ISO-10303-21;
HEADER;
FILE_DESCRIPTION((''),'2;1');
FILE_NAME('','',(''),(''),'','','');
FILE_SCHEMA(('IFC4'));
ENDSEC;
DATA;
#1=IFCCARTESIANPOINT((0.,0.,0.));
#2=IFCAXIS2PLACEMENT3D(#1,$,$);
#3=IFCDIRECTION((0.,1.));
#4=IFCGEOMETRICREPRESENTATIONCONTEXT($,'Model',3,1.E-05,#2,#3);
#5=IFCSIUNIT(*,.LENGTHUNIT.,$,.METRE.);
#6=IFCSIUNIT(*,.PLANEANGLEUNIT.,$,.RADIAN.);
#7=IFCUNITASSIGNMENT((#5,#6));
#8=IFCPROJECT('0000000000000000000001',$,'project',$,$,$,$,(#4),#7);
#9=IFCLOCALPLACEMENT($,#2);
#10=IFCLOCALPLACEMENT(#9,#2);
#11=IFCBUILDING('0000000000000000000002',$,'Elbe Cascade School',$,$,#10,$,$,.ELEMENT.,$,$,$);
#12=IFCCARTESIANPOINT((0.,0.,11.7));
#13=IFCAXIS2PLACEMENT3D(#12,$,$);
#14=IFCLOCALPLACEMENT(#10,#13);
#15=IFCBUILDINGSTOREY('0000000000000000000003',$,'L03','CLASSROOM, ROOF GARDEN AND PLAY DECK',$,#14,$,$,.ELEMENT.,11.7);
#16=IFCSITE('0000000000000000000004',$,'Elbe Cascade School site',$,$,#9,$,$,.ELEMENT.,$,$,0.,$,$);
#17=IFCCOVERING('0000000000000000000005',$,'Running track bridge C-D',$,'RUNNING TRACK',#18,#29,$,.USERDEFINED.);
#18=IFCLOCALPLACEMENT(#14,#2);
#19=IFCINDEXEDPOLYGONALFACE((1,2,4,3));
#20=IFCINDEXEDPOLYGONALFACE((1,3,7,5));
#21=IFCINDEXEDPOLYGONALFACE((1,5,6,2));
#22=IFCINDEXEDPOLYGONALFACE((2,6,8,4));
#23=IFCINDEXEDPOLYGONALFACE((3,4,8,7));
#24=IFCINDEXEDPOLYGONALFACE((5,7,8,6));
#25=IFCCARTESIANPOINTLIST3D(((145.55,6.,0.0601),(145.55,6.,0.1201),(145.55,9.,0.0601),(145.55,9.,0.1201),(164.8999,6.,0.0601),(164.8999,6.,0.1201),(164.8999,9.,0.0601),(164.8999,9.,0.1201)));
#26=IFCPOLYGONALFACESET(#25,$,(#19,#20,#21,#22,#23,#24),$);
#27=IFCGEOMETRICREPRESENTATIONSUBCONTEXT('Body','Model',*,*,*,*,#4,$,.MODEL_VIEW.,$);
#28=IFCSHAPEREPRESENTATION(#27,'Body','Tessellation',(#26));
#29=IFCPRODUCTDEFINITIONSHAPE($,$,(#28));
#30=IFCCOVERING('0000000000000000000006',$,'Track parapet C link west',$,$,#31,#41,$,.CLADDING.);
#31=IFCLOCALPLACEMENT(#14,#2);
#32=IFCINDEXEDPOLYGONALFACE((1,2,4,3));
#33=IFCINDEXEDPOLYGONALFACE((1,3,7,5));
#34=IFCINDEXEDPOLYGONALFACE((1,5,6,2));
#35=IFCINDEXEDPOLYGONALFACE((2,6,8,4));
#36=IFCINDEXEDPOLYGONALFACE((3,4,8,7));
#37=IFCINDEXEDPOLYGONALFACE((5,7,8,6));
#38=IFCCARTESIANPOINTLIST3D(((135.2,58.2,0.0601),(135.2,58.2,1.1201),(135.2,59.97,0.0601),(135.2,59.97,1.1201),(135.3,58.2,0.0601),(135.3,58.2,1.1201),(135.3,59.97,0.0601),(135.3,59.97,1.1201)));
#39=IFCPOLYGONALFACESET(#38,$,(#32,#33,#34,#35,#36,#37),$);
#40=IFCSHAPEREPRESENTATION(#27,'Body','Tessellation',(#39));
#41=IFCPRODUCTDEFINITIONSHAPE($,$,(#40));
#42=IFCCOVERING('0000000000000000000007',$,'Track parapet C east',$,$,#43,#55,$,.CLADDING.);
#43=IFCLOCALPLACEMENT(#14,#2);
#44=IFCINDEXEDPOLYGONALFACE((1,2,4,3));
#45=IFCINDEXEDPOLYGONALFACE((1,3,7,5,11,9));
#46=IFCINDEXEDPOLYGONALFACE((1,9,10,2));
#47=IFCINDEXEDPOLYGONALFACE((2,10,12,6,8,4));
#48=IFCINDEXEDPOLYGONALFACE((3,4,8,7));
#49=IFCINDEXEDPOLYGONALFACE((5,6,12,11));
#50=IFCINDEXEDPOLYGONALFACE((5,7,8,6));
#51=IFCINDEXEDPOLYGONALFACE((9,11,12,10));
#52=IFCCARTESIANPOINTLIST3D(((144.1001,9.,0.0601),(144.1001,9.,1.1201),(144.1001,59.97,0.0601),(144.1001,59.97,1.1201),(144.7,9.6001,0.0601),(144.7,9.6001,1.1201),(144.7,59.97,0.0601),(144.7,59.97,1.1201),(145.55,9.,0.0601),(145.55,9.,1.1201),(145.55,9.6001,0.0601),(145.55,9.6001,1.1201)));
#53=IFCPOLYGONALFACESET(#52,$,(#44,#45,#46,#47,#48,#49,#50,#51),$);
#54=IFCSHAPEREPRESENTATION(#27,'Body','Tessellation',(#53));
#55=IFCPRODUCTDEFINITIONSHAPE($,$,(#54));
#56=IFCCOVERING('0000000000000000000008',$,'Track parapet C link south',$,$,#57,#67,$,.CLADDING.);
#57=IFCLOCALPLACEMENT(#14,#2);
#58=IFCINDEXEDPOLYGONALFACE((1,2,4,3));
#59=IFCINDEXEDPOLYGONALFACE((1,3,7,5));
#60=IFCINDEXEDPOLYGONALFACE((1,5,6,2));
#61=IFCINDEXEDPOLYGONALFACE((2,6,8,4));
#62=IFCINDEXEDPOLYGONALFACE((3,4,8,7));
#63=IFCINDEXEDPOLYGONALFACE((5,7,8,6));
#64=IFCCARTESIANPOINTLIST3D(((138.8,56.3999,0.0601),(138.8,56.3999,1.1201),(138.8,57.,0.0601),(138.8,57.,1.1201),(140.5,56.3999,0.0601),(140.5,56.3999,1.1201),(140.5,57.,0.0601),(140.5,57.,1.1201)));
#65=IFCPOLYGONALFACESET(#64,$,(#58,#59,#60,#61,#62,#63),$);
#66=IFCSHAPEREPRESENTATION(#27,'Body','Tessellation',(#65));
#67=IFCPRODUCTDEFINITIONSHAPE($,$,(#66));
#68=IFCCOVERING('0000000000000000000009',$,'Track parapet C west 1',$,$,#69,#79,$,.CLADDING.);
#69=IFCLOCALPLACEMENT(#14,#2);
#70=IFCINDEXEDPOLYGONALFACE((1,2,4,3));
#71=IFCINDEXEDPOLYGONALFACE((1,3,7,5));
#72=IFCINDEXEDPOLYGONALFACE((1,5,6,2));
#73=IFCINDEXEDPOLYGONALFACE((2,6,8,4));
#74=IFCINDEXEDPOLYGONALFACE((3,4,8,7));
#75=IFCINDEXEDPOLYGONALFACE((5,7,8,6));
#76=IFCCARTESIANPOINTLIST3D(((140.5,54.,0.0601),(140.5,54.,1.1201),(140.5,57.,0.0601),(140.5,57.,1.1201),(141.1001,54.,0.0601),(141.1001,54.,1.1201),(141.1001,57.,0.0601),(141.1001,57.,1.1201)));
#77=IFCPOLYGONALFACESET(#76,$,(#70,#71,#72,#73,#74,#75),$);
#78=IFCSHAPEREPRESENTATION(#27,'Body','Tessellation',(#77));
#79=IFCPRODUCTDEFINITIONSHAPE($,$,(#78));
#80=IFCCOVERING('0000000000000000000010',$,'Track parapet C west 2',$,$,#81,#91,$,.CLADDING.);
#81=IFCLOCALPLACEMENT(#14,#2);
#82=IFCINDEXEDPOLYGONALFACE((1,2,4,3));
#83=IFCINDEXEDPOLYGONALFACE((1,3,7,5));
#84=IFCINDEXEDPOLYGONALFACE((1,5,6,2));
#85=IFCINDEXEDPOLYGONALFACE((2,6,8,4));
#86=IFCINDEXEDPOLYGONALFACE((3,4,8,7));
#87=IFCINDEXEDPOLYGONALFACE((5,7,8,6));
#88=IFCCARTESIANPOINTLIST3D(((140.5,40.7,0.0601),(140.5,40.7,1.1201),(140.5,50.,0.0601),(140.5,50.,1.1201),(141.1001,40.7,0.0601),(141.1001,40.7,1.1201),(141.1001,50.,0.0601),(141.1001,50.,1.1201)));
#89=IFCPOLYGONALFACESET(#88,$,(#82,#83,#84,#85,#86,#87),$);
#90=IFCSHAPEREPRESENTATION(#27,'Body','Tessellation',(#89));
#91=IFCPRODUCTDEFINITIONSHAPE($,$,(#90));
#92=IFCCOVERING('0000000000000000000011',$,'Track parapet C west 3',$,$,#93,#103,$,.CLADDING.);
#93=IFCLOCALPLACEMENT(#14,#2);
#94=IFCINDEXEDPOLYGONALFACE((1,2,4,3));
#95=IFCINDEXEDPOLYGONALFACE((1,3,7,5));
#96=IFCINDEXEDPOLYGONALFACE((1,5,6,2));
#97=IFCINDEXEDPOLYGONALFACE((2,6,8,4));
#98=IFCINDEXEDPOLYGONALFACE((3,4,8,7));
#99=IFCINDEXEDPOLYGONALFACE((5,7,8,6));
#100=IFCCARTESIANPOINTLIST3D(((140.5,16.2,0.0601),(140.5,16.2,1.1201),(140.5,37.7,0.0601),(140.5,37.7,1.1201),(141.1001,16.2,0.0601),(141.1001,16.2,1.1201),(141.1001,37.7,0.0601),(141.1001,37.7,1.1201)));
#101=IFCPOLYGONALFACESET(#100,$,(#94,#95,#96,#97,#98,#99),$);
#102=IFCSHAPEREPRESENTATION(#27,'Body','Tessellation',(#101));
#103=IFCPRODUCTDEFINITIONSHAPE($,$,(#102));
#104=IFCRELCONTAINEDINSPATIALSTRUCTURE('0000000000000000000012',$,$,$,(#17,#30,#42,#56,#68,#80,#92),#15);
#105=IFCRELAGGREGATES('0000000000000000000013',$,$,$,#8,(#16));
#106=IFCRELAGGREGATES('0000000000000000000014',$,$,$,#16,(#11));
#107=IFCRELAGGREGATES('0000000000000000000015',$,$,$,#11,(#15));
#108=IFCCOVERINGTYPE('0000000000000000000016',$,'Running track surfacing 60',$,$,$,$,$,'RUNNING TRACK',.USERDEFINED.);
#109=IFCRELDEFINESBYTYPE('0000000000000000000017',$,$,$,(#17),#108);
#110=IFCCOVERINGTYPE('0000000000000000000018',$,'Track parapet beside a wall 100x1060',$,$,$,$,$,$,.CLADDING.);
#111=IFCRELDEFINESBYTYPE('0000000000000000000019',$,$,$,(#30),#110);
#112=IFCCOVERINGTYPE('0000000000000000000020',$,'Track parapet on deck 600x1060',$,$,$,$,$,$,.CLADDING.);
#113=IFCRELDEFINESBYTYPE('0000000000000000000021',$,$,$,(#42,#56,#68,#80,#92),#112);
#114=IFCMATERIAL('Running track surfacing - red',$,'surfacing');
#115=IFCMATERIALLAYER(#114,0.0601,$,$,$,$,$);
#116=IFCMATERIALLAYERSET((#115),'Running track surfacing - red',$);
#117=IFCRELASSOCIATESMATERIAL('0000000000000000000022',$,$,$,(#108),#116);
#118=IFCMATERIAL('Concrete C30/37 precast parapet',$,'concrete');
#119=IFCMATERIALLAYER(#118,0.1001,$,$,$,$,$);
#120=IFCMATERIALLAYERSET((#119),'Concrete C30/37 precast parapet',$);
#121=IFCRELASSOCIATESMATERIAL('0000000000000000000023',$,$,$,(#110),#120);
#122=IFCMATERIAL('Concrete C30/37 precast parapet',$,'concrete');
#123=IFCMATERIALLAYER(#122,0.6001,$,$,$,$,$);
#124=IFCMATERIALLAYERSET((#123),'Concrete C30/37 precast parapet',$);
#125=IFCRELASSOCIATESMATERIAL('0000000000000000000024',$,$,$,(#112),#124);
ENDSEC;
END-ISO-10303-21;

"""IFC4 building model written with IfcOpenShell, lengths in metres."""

from ifc_helpers import new_model, si_unit, direction, frame, origin, place, context, subcontext, project, spatial, polyline, outline, extrude, material, layer, layer_set, type_object, element, save


model = new_model("IFC4")

# Units and contexts
model_context = context("Model", 3, precision=1e-05, world=origin(), true_north=direction((0.0, 1.0)))
body_context = subcontext(model_context, "Body", "Model", "MODEL_VIEW")
ifc_project = project(units=[si_unit("LENGTHUNIT", "METRE"), si_unit("PLANEANGLEUNIT", "RADIAN")], contexts=[model_context])

# Site, building, storey
site_placement = place(None, origin())
site = spatial("IfcSite", under=ifc_project, at=site_placement, Name="Elbe Cascade School site", CompositionType="ELEMENT", RefElevation=0.0)
building_placement = place(site_placement, origin())
building = spatial("IfcBuilding", under=site, at=building_placement, Name="Elbe Cascade School", CompositionType="ELEMENT")
storey_placement = place(building_placement, frame((0.0, 0.0, 11.7)))
storey = spatial("IfcBuildingStorey", under=building, at=storey_placement, Name="L03", Description="CLASSROOM, ROOF GARDEN AND PLAY DECK", CompositionType="ELEMENT", Elevation=11.7)

# Coverings
ifc_material_1 = material(Name="Running track surfacing - red", Category="surfacing")
ifc_layer_1 = layer(ifc_material_1, 0.0601)
ifc_layer_set_1 = layer_set([ifc_layer_1], Name="Running track surfacing - red")
covering_type_1 = type_object("IfcCoveringType", Name="Running track surfacing 60", ElementType="RUNNING TRACK", PredefinedType="USERDEFINED", material=ifc_layer_set_1)
covering_1_placement = place(storey_placement, frame((0.0, 0.0, 0.0601)))
element("IfcCovering", 1, at=covering_1_placement, inside=storey, type_object=covering_type_1, Name="Running track bridge C-D", ObjectType="RUNNING TRACK", PredefinedType="USERDEFINED", context=body_context, shape_type="SweptSolid", body=[
    extrude(outline(polyline([(145.55, 6.0), (164.8999, 6.0), (164.8999, 9.0), (145.55, 9.0), (145.55, 6.0)])), origin(), (0.0, 0.0, 1.0), 0.0601),
])
ifc_material_2 = material(Name="Concrete C30/37 precast parapet", Category="concrete")
ifc_layer_2 = layer(ifc_material_2, 0.1001)
ifc_layer_set_2 = layer_set([ifc_layer_2], Name="Concrete C30/37 precast parapet")
covering_type_2 = type_object("IfcCoveringType", Name="Track parapet beside a wall 100x1060", PredefinedType="CLADDING", material=ifc_layer_set_2)
covering_2_placement = place(storey_placement, frame((0.0, 0.0, 0.0601)))
element("IfcCovering", 2, at=covering_2_placement, inside=storey, type_object=covering_type_2, Name="Track parapet C link west", PredefinedType="CLADDING", context=body_context, shape_type="SweptSolid", body=[
    extrude(outline(polyline([(135.2, 58.2), (135.3, 58.2), (135.3, 59.97), (135.2, 59.97), (135.2, 58.2)])), origin(), (0.0, 0.0, 1.0), 1.0601),
])
ifc_material_3 = material(Name="Concrete C30/37 precast parapet", Category="concrete")
ifc_layer_3 = layer(ifc_material_3, 0.6001)
ifc_layer_set_3 = layer_set([ifc_layer_3], Name="Concrete C30/37 precast parapet")
covering_type_3 = type_object("IfcCoveringType", Name="Track parapet on deck 600x1060", PredefinedType="CLADDING", material=ifc_layer_set_3)
covering_3_placement = place(storey_placement, frame((0.0, 0.0, 0.0601)))
element("IfcCovering", 3, at=covering_3_placement, inside=storey, type_object=covering_type_3, Name="Track parapet C east", PredefinedType="CLADDING", context=body_context, shape_type="SweptSolid", body=[
    extrude(outline(polyline([(144.1001, 59.97), (144.7, 59.97), (144.7, 9.6001), (145.55, 9.6001), (145.55, 9.0), (144.1001, 9.0), (144.1001, 59.97)])), origin(), (0.0, 0.0, 1.0), 1.0601),
])
covering_4_placement = place(storey_placement, frame((0.0, 0.0, 0.0601)))
element("IfcCovering", 4, at=covering_4_placement, inside=storey, type_object=covering_type_3, Name="Track parapet C link south", PredefinedType="CLADDING", context=body_context, shape_type="SweptSolid", body=[
    extrude(outline(polyline([(138.8, 56.3999), (140.5, 56.3999), (140.5, 57.0), (138.8, 57.0), (138.8, 56.3999)])), origin(), (0.0, 0.0, 1.0), 1.0601),
])
covering_5_placement = place(storey_placement, frame((0.0, 0.0, 0.0601)))
element("IfcCovering", 5, at=covering_5_placement, inside=storey, type_object=covering_type_3, Name="Track parapet C west 1", PredefinedType="CLADDING", context=body_context, shape_type="SweptSolid", body=[
    extrude(outline(polyline([(140.5, 57.0), (141.1001, 57.0), (141.1001, 54.0), (140.5, 54.0), (140.5, 57.0)])), origin(), (0.0, 0.0, 1.0), 1.0601),
])
covering_6_placement = place(storey_placement, frame((0.0, 0.0, 0.0601)))
element("IfcCovering", 6, at=covering_6_placement, inside=storey, type_object=covering_type_3, Name="Track parapet C west 2", PredefinedType="CLADDING", context=body_context, shape_type="SweptSolid", body=[
    extrude(outline(polyline([(140.5, 50.0), (141.1001, 50.0), (141.1001, 40.7), (140.5, 40.7), (140.5, 50.0)])), origin(), (0.0, 0.0, 1.0), 1.0601),
])
covering_7_placement = place(storey_placement, frame((0.0, 0.0, 0.0601)))
element("IfcCovering", 7, at=covering_7_placement, inside=storey, type_object=covering_type_3, Name="Track parapet C west 3", PredefinedType="CLADDING", context=body_context, shape_type="SweptSolid", body=[
    extrude(outline(polyline([(140.5, 37.7), (141.1001, 37.7), (141.1001, 16.2), (140.5, 16.2), (140.5, 37.7)])), origin(), (0.0, 0.0, 1.0), 1.0601),
])

save(model, "model.ifc")
